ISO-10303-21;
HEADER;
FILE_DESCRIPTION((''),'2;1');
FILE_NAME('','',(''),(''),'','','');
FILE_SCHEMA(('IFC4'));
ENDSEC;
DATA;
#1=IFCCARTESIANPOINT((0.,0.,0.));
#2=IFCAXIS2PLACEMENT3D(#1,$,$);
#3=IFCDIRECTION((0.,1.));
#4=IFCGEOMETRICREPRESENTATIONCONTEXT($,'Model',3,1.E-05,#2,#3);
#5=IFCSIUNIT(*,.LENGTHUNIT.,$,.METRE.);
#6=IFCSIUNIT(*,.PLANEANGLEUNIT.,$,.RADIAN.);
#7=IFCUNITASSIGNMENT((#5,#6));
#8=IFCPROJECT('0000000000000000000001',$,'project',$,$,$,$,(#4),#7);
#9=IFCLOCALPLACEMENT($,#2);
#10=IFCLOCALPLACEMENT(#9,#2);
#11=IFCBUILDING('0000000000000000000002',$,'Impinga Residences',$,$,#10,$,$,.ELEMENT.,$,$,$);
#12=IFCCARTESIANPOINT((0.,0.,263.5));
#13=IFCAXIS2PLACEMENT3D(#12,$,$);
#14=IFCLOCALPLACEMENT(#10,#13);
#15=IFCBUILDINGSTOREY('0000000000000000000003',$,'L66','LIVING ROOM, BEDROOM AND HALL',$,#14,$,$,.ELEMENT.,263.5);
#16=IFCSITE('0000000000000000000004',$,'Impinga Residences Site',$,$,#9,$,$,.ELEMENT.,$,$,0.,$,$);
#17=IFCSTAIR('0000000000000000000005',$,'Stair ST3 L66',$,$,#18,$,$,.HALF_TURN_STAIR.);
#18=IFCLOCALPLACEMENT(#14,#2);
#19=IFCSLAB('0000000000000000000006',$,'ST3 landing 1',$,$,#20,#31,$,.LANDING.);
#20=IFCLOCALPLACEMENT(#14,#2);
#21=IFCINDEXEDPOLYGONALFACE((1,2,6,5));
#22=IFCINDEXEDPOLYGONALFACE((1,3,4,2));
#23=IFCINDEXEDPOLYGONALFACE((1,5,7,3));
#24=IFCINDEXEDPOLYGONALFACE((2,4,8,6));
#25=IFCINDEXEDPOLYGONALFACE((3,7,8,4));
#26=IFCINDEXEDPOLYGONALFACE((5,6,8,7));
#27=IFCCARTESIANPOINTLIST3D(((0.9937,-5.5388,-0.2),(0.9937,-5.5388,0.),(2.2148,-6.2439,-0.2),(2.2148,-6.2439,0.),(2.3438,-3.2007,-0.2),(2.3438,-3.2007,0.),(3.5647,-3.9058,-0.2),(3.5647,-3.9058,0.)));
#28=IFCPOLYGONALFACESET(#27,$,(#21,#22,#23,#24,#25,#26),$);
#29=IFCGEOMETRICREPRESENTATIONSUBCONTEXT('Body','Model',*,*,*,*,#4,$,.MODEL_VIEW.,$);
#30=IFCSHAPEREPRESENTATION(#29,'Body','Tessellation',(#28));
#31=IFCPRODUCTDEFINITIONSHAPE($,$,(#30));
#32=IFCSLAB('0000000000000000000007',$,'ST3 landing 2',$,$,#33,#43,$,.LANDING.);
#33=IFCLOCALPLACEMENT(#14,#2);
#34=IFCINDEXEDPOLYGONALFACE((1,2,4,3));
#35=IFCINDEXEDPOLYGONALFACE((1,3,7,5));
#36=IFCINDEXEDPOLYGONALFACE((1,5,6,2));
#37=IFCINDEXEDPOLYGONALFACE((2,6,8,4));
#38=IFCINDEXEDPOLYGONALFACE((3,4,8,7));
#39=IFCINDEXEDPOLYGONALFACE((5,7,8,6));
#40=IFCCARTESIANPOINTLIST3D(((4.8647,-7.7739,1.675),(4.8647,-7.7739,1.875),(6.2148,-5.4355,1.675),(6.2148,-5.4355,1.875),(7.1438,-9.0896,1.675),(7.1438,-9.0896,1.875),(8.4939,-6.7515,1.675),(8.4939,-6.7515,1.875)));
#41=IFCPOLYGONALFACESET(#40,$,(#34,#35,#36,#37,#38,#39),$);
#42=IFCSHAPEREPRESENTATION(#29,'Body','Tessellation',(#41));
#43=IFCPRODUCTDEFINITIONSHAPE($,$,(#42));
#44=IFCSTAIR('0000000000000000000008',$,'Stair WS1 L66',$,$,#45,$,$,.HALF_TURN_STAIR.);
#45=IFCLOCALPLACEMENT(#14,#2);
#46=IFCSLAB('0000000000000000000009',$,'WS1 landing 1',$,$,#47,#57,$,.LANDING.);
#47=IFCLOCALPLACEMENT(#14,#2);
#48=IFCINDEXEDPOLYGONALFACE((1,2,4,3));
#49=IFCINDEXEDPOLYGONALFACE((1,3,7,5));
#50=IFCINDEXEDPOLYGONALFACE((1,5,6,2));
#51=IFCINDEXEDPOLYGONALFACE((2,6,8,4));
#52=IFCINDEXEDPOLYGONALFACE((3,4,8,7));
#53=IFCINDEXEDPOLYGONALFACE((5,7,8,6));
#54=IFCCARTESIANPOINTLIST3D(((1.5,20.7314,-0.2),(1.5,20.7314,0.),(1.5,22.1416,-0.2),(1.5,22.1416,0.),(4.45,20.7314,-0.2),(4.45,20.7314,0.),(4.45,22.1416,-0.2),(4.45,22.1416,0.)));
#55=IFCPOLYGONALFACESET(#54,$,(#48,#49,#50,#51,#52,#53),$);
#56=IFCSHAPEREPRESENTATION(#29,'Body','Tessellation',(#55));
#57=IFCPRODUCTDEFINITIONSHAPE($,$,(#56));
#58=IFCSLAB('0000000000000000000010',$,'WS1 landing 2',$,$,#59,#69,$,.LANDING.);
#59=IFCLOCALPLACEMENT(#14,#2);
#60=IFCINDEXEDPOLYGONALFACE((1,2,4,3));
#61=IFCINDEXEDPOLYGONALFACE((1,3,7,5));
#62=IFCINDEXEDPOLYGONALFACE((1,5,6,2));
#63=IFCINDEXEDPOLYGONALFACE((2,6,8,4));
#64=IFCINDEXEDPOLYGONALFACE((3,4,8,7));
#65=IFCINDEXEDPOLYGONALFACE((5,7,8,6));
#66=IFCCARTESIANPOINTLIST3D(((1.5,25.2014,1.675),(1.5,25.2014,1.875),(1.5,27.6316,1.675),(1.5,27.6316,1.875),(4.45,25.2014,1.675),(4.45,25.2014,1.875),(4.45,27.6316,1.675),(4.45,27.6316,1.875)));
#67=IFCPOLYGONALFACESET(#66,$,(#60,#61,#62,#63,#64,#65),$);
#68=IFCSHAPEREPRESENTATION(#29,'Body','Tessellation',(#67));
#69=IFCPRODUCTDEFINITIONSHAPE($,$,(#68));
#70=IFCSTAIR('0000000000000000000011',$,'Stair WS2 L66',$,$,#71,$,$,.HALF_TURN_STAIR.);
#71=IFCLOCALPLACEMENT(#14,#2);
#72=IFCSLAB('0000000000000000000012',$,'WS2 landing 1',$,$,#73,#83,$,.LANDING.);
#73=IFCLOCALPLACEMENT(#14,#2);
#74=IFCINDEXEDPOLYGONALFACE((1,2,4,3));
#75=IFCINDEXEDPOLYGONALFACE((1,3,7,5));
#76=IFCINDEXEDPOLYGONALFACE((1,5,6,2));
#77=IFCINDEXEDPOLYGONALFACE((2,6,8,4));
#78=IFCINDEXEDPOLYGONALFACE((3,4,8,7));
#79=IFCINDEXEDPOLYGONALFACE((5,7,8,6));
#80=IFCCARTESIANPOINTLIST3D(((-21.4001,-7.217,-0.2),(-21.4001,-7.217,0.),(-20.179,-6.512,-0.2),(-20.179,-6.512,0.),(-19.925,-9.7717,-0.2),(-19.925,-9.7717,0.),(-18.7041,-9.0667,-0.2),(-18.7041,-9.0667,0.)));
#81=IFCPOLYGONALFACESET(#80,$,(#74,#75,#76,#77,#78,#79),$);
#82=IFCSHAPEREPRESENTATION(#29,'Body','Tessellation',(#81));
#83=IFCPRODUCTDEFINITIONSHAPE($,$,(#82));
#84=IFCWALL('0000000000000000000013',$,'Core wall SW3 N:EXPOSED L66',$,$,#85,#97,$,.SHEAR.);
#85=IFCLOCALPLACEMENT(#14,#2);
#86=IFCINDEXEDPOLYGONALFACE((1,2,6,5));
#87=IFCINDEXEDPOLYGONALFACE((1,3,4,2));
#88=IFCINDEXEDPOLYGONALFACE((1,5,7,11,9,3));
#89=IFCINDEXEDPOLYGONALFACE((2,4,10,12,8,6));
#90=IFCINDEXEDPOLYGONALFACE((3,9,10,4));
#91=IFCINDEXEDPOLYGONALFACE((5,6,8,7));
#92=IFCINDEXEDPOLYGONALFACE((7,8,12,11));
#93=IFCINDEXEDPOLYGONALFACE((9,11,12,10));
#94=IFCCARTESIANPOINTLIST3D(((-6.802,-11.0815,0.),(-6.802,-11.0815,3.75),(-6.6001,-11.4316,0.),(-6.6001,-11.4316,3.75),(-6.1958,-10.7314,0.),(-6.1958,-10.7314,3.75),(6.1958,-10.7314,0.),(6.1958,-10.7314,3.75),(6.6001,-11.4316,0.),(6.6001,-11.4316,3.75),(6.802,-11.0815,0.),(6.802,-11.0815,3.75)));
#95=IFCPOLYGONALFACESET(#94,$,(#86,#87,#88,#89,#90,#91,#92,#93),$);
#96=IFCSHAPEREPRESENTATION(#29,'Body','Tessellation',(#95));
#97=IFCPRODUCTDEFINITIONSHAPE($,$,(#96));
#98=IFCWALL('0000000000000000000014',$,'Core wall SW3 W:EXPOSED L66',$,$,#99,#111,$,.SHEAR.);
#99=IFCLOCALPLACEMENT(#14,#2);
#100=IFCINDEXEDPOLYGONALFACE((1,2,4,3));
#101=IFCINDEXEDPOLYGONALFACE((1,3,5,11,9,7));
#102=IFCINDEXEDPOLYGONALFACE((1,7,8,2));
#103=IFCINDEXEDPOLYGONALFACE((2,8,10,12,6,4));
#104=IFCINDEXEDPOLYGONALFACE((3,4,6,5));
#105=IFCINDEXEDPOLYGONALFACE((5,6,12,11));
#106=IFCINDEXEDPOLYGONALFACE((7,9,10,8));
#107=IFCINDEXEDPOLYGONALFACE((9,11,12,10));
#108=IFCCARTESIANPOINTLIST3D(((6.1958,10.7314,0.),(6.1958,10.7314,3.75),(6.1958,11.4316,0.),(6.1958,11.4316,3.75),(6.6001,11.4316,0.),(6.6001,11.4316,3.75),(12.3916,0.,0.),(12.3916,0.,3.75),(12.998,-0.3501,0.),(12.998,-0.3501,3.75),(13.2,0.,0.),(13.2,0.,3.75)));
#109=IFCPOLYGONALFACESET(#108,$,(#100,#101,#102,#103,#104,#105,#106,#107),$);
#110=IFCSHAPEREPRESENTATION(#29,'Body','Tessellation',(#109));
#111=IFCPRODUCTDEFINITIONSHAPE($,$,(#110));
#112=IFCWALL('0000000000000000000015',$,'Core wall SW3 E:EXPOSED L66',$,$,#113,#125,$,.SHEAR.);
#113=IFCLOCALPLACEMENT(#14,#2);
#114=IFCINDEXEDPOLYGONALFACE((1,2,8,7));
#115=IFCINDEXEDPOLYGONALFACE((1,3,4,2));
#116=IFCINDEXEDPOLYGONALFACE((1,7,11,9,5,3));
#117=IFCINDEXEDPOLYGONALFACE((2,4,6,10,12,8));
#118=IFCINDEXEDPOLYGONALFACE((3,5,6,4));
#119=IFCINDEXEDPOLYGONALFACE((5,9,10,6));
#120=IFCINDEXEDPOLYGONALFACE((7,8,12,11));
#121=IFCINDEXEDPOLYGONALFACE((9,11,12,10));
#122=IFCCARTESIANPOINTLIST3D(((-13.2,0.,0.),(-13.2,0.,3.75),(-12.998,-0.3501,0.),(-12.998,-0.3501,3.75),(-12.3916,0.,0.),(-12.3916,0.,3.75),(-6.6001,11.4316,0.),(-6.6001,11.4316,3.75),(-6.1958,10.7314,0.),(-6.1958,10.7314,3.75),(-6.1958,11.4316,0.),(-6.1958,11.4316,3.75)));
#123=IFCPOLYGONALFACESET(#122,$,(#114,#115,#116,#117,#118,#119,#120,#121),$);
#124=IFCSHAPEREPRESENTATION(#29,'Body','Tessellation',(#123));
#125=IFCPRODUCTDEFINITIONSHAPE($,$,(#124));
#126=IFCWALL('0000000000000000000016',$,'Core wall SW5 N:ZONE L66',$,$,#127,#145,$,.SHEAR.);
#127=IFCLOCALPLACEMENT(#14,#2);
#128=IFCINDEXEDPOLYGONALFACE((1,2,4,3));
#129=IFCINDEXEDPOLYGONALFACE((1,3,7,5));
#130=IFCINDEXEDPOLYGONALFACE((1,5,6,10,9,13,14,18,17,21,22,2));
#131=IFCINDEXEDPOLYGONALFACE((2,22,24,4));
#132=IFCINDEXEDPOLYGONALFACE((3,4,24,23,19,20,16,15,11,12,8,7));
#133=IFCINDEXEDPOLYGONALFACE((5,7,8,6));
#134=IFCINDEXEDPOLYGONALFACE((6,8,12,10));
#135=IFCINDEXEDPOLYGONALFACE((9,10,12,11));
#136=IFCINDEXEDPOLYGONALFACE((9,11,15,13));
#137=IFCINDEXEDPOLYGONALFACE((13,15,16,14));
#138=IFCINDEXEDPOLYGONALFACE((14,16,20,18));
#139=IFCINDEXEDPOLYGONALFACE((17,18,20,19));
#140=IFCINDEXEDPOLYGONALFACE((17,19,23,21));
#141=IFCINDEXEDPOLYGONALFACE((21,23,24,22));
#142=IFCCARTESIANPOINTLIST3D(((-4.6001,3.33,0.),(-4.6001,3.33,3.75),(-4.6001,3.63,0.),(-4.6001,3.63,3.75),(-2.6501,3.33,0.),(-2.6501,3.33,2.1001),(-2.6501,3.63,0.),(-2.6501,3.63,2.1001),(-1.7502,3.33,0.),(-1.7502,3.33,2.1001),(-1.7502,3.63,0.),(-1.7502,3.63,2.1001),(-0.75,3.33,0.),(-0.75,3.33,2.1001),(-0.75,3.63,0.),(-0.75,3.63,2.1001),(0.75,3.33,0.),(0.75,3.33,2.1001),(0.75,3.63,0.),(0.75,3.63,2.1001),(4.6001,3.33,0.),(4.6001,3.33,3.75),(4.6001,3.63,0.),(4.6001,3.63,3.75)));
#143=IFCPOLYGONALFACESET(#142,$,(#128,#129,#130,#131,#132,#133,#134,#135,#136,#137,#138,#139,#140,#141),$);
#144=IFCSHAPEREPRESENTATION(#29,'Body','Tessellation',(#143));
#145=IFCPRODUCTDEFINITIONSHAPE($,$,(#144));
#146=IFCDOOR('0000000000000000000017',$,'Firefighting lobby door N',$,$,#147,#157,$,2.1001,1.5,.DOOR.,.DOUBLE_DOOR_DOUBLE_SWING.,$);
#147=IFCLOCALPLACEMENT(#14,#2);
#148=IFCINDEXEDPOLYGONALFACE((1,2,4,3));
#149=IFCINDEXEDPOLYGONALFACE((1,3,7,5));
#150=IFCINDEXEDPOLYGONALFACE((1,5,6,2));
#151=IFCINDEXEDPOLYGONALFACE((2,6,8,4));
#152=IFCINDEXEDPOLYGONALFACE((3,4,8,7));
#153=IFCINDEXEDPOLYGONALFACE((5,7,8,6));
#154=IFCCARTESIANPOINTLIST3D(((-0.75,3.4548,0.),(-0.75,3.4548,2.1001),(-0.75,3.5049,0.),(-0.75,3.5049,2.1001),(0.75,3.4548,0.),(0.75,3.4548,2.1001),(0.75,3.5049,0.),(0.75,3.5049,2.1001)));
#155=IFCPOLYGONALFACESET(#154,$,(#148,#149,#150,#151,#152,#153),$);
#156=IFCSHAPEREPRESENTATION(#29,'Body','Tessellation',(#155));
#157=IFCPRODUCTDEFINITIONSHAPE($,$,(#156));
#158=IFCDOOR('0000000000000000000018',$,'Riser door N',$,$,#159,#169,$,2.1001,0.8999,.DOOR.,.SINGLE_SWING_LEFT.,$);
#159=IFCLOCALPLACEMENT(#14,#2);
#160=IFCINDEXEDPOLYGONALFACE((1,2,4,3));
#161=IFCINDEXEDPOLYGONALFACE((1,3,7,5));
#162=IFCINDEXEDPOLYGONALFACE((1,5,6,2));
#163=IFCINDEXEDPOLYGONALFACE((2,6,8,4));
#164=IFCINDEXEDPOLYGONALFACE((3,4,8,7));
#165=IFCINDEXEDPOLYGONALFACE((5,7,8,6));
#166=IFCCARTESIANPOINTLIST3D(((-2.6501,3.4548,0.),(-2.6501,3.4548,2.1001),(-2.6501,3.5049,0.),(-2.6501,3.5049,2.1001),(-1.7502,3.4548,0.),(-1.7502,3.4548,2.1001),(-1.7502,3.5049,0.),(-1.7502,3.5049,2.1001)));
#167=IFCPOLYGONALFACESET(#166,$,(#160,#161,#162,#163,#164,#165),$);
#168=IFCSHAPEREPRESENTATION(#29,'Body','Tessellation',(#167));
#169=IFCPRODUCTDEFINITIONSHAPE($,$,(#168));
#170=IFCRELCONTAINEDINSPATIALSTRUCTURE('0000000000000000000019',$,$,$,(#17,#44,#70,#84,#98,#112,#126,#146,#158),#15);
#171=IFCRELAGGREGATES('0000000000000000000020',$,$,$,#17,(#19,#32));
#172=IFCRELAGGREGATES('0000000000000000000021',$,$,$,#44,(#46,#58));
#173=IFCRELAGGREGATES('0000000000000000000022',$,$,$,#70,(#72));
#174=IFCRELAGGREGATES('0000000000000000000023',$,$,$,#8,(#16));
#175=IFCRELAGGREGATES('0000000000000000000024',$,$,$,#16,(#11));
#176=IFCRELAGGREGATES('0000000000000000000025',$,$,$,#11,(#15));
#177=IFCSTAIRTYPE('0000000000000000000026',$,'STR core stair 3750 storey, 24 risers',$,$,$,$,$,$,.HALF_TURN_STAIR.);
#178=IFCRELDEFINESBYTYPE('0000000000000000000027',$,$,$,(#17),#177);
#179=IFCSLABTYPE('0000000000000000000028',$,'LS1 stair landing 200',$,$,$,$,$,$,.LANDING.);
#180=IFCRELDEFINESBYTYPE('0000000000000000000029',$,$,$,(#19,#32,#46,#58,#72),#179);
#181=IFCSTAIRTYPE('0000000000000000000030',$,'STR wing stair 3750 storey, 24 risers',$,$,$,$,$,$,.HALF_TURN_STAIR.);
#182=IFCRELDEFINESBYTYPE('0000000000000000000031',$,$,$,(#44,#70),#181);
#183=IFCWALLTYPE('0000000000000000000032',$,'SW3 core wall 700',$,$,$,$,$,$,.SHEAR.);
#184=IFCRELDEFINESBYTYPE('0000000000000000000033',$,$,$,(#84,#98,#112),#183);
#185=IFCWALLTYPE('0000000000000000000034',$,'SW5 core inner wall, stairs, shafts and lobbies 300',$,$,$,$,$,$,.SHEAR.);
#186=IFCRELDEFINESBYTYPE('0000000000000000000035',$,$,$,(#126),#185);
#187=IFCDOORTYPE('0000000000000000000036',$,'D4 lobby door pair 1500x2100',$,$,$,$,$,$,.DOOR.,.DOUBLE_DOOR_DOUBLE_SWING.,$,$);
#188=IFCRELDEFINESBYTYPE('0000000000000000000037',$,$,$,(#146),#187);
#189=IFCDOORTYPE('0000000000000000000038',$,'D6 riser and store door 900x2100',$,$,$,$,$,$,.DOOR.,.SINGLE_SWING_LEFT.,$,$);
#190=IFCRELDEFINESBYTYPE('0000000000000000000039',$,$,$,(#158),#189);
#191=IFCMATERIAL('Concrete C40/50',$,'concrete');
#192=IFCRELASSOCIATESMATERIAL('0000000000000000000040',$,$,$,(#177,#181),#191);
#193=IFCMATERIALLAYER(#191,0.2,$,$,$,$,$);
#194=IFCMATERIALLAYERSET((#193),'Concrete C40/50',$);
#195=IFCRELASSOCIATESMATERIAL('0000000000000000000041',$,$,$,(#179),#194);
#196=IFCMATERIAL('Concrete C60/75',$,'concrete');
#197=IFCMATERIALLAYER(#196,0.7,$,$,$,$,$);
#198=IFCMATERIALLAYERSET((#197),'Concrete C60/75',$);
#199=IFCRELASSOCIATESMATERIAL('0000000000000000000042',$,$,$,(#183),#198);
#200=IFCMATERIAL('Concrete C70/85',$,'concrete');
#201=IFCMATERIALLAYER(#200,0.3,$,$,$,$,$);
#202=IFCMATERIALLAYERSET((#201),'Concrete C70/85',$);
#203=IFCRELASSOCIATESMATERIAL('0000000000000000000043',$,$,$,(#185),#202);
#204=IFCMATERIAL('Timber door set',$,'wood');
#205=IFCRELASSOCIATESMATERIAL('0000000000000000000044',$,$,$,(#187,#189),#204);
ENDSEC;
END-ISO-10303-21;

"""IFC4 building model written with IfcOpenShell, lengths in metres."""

from ifc_helpers import new_model, si_unit, direction, frame, frame_2d, origin, place, context, subcontext, project, spatial, polyline, rectangle, outline, extrude, material, layer, layer_set, type_object, element, fill, aggregate, save


model = new_model("IFC4")

# Units and contexts
model_context = context("Model", 3, precision=1e-05, world=origin(), true_north=direction((0.0, 1.0)))
body_context = subcontext(model_context, "Body", "Model", "MODEL_VIEW")
ifc_project = project(units=[si_unit("LENGTHUNIT", "METRE"), si_unit("PLANEANGLEUNIT", "RADIAN")], contexts=[model_context])

# Site, building, storey
site_placement = place(None, origin())
site = spatial("IfcSite", under=ifc_project, at=site_placement, Name="Impinga Residences Site", CompositionType="ELEMENT", RefElevation=0.0)
building_placement = place(site_placement, origin())
building = spatial("IfcBuilding", under=site, at=building_placement, Name="Impinga Residences", CompositionType="ELEMENT")
storey_placement = place(building_placement, frame((0.0, 0.0, 263.5)))
storey = spatial("IfcBuildingStorey", under=building, at=storey_placement, Name="L66", Description="LIVING ROOM, BEDROOM AND HALL", CompositionType="ELEMENT", Elevation=263.5)

# Shared definitions
ifc_material_1 = material(Name="Concrete C60/75", Category="concrete")

# Stairs, slabs
ifc_material_2 = material(Name="Concrete C40/50", Category="concrete")
stair_type_1 = type_object("IfcStairType", Name="STR core stair 3750 storey, 24 risers", PredefinedType="HALF_TURN_STAIR", material=ifc_material_2)
ifc_layer_1 = layer(ifc_material_2, 0.2)
ifc_layer_set_1 = layer_set([ifc_layer_1], Name="Concrete C40/50")
slab_type_1 = type_object("IfcSlabType", Name="LS1 stair landing 200", PredefinedType="LANDING", material=ifc_layer_set_1)
stair_1_placement = place(storey_placement, origin())
stair_1 = element("IfcStair", 1, at=stair_1_placement, inside=storey, type_object=stair_type_1, Name="Stair ST3 L66", PredefinedType="HALF_TURN_STAIR")
slab_1_placement = place(storey_placement, frame((0.0, 0.0, -0.2)))
slab_1 = element("IfcSlab", 2, at=slab_1_placement, type_object=slab_type_1, Name="ST3 landing 1", PredefinedType="LANDING", context=body_context, shape_type="SweptSolid", body=[
    extrude(outline(polyline([(2.3438, -3.2007), (0.9937, -5.5388), (2.2148, -6.2439), (3.5647, -3.9058), (2.3438, -3.2007)])), origin(), (0.0, 0.0, 1.0), 0.2),
])
slab_2_placement = place(storey_placement, frame((0.0, 0.0, 1.675)))
slab_2 = element("IfcSlab", 3, at=slab_2_placement, type_object=slab_type_1, Name="ST3 landing 2", PredefinedType="LANDING", context=body_context, shape_type="SweptSolid", body=[
    extrude(outline(polyline([(6.2148, -5.4355), (4.8647, -7.7739), (7.1438, -9.0896), (8.4939, -6.7515), (6.2148, -5.4355)])), origin(), (0.0, 0.0, 1.0), 0.2),
])
aggregate(stair_1, [slab_1, slab_2])
stair_type_2 = type_object("IfcStairType", Name="STR wing stair 3750 storey, 24 risers", PredefinedType="HALF_TURN_STAIR", material=ifc_material_2)
stair_2_placement = place(storey_placement, origin())
stair_2 = element("IfcStair", 4, at=stair_2_placement, inside=storey, type_object=stair_type_2, Name="Stair WS1 L66", PredefinedType="HALF_TURN_STAIR")
slab_3_placement = place(storey_placement, frame((0.0, 0.0, -0.2)))
slab_3 = element("IfcSlab", 5, at=slab_3_placement, type_object=slab_type_1, Name="WS1 landing 1", PredefinedType="LANDING", context=body_context, shape_type="SweptSolid", body=[
    extrude(outline(polyline([(1.5, 20.7314), (4.45, 20.7314), (4.45, 22.1416), (1.5, 22.1416), (1.5, 20.7314)])), origin(), (0.0, 0.0, 1.0), 0.2),
])
slab_4_placement = place(storey_placement, frame((0.0, 0.0, 1.675)))
slab_4 = element("IfcSlab", 6, at=slab_4_placement, type_object=slab_type_1, Name="WS1 landing 2", PredefinedType="LANDING", context=body_context, shape_type="SweptSolid", body=[
    extrude(outline(polyline([(1.5, 25.2014), (4.45, 25.2014), (4.45, 27.6316), (1.5, 27.6316), (1.5, 25.2014)])), origin(), (0.0, 0.0, 1.0), 0.2),
])
aggregate(stair_2, [slab_3, slab_4])

# Stair, slab
stair_3_placement = place(storey_placement, origin())
stair_3 = element("IfcStair", 7, at=stair_3_placement, inside=storey, type_object=stair_type_2, Name="Stair WS2 L66", PredefinedType="HALF_TURN_STAIR")
slab_5_placement = place(storey_placement, frame((0.0, 0.0, -0.2)))
slab_5 = element("IfcSlab", 8, at=slab_5_placement, type_object=slab_type_1, Name="WS2 landing 1", PredefinedType="LANDING", context=body_context, shape_type="SweptSolid", body=[
    extrude(outline(polyline([(-18.7041, -9.0667), (-20.179, -6.512), (-21.4001, -7.217), (-19.925, -9.7717), (-18.7041, -9.0667)])), origin(), (0.0, 0.0, 1.0), 0.2),
])
aggregate(stair_3, [slab_5])

# Walls
ifc_layer_2 = layer(ifc_material_1, 0.7)
ifc_layer_set_2 = layer_set([ifc_layer_2], Name="Concrete C60/75")
wall_type_1 = type_object("IfcWallType", Name="SW3 core wall 700", PredefinedType="SHEAR", material=ifc_layer_set_2)
wall_1_placement = place(storey_placement, origin())
element("IfcWall", 9, at=wall_1_placement, inside=storey, type_object=wall_type_1, Name="Core wall SW3 N:EXPOSED L66", PredefinedType="SHEAR", context=body_context, shape_type="SweptSolid", body=[
    extrude(outline(polyline([(-6.6001, -11.4316), (6.6001, -11.4316), (6.802, -11.0815), (6.1958, -10.7314), (-6.1958, -10.7314), (-6.802, -11.0815), (-6.6001, -11.4316)])), origin(), (0.0, 0.0, 1.0), 3.75),
])
wall_2_placement = place(storey_placement, origin())
element("IfcWall", 10, at=wall_2_placement, inside=storey, type_object=wall_type_1, Name="Core wall SW3 W:EXPOSED L66", PredefinedType="SHEAR", context=body_context, shape_type="SweptSolid", body=[
    extrude(outline(polyline([(13.2, 0.0), (6.6001, 11.4316), (6.1958, 11.4316), (6.1958, 10.7314), (12.3916, 0.0), (12.998, -0.3501), (13.2, 0.0)])), origin(), (0.0, 0.0, 1.0), 3.75),
])
wall_3_placement = place(storey_placement, origin())
element("IfcWall", 11, at=wall_3_placement, inside=storey, type_object=wall_type_1, Name="Core wall SW3 E:EXPOSED L66", PredefinedType="SHEAR", context=body_context, shape_type="SweptSolid", body=[
    extrude(outline(polyline([(-6.6001, 11.4316), (-13.2, 0.0), (-12.998, -0.3501), (-12.3916, 0.0), (-6.1958, 10.7314), (-6.1958, 11.4316), (-6.6001, 11.4316)])), origin(), (0.0, 0.0, 1.0), 3.75),
])

# Wall, openings, doors
ifc_material_3 = material(Name="Concrete C70/85", Category="concrete")
ifc_layer_3 = layer(ifc_material_3, 0.3)
ifc_layer_set_3 = layer_set([ifc_layer_3], Name="Concrete C70/85")
wall_type_2 = type_object("IfcWallType", Name="SW5 core inner wall, stairs, shafts and lobbies 300", PredefinedType="SHEAR", material=ifc_layer_set_3)
wall_4_placement = place(storey_placement, frame((-4.6001, 3.48, 0.0), z_axis=(0.0, 0.0, 1.0), x_axis=(1.0, 0.0, 0.0)))
wall_4 = element("IfcWall", 12, at=wall_4_placement, inside=storey, type_object=wall_type_2, Name="Core wall SW5 N:ZONE L66", PredefinedType="SHEAR", context=body_context, shape_type="SweptSolid", body=[
    extrude(rectangle(XDim=9.2002, YDim=0.3, at=frame_2d((4.6001, 0.0))), origin(), (0.0, 0.0, 1.0), 3.75),
])
opening_1_placement = place(wall_4_placement, frame((3.8501, 0.0, 0.0)))
opening_1 = element("IfcOpeningElement", 13, at=opening_1_placement, cuts=wall_4, PredefinedType="OPENING", context=body_context, shape_type="SweptSolid", body=[
    extrude(rectangle(XDim=1.5, YDim=2.1001, at=frame_2d((0.75, 1.05))), frame((0.0, 0.1599, 0.0), z_axis=(0.0, -1.0, 0.0), x_axis=(1.0, 0.0, 0.0)), (0.0, 0.0, 1.0), 0.3201),
])
opening_2_placement = place(wall_4_placement, frame((1.95, 0.0, 0.0)))
opening_2 = element("IfcOpeningElement", 14, at=opening_2_placement, cuts=wall_4, PredefinedType="OPENING", context=body_context, shape_type="SweptSolid", body=[
    extrude(rectangle(XDim=0.8999, YDim=2.1001, at=frame_2d((0.45, 1.05))), frame((0.0, 0.1599, 0.0), z_axis=(0.0, -1.0, 0.0), x_axis=(1.0, 0.0, 0.0)), (0.0, 0.0, 1.0), 0.3201),
])
ifc_material_4 = material(Name="Timber door set", Category="wood")
door_type_1 = type_object("IfcDoorType", Name="D4 lobby door pair 1500x2100", OperationType="DOUBLE_DOOR_DOUBLE_SWING", PredefinedType="DOOR", material=ifc_material_4)
door_1_placement = place(opening_1_placement, origin())
door_1 = element("IfcDoor", 15, at=door_1_placement, inside=storey, type_object=door_type_1, Name="Firefighting lobby door N", OperationType="DOUBLE_DOOR_DOUBLE_SWING", OverallHeight=2.1001, OverallWidth=1.5, PredefinedType="DOOR", context=body_context, shape_type="SweptSolid", body=[
    extrude(rectangle(XDim=1.5, YDim=2.1001, at=frame_2d((0.75, 1.05))), frame((0.0, 0.0249, 0.0), z_axis=(0.0, -1.0, 0.0), x_axis=(1.0, 0.0, 0.0)), (0.0, 0.0, 1.0), 0.05),
])
fill(opening_1, door_1)
door_type_2 = type_object("IfcDoorType", Name="D6 riser and store door 900x2100", OperationType="SINGLE_SWING_LEFT", PredefinedType="DOOR", material=ifc_material_4)
door_2_placement = place(opening_2_placement, origin())
door_2 = element("IfcDoor", 16, at=door_2_placement, inside=storey, type_object=door_type_2, Name="Riser door N", OperationType="SINGLE_SWING_LEFT", OverallHeight=2.1001, OverallWidth=0.8999, PredefinedType="DOOR", context=body_context, shape_type="SweptSolid", body=[
    extrude(rectangle(XDim=0.8999, YDim=2.1001, at=frame_2d((0.45, 1.05))), frame((0.0, 0.0249, 0.0), z_axis=(0.0, -1.0, 0.0), x_axis=(1.0, 0.0, 0.0)), (0.0, 0.0, 1.0), 0.05),
])
fill(opening_2, door_2)

save(model, "model.ifc")
